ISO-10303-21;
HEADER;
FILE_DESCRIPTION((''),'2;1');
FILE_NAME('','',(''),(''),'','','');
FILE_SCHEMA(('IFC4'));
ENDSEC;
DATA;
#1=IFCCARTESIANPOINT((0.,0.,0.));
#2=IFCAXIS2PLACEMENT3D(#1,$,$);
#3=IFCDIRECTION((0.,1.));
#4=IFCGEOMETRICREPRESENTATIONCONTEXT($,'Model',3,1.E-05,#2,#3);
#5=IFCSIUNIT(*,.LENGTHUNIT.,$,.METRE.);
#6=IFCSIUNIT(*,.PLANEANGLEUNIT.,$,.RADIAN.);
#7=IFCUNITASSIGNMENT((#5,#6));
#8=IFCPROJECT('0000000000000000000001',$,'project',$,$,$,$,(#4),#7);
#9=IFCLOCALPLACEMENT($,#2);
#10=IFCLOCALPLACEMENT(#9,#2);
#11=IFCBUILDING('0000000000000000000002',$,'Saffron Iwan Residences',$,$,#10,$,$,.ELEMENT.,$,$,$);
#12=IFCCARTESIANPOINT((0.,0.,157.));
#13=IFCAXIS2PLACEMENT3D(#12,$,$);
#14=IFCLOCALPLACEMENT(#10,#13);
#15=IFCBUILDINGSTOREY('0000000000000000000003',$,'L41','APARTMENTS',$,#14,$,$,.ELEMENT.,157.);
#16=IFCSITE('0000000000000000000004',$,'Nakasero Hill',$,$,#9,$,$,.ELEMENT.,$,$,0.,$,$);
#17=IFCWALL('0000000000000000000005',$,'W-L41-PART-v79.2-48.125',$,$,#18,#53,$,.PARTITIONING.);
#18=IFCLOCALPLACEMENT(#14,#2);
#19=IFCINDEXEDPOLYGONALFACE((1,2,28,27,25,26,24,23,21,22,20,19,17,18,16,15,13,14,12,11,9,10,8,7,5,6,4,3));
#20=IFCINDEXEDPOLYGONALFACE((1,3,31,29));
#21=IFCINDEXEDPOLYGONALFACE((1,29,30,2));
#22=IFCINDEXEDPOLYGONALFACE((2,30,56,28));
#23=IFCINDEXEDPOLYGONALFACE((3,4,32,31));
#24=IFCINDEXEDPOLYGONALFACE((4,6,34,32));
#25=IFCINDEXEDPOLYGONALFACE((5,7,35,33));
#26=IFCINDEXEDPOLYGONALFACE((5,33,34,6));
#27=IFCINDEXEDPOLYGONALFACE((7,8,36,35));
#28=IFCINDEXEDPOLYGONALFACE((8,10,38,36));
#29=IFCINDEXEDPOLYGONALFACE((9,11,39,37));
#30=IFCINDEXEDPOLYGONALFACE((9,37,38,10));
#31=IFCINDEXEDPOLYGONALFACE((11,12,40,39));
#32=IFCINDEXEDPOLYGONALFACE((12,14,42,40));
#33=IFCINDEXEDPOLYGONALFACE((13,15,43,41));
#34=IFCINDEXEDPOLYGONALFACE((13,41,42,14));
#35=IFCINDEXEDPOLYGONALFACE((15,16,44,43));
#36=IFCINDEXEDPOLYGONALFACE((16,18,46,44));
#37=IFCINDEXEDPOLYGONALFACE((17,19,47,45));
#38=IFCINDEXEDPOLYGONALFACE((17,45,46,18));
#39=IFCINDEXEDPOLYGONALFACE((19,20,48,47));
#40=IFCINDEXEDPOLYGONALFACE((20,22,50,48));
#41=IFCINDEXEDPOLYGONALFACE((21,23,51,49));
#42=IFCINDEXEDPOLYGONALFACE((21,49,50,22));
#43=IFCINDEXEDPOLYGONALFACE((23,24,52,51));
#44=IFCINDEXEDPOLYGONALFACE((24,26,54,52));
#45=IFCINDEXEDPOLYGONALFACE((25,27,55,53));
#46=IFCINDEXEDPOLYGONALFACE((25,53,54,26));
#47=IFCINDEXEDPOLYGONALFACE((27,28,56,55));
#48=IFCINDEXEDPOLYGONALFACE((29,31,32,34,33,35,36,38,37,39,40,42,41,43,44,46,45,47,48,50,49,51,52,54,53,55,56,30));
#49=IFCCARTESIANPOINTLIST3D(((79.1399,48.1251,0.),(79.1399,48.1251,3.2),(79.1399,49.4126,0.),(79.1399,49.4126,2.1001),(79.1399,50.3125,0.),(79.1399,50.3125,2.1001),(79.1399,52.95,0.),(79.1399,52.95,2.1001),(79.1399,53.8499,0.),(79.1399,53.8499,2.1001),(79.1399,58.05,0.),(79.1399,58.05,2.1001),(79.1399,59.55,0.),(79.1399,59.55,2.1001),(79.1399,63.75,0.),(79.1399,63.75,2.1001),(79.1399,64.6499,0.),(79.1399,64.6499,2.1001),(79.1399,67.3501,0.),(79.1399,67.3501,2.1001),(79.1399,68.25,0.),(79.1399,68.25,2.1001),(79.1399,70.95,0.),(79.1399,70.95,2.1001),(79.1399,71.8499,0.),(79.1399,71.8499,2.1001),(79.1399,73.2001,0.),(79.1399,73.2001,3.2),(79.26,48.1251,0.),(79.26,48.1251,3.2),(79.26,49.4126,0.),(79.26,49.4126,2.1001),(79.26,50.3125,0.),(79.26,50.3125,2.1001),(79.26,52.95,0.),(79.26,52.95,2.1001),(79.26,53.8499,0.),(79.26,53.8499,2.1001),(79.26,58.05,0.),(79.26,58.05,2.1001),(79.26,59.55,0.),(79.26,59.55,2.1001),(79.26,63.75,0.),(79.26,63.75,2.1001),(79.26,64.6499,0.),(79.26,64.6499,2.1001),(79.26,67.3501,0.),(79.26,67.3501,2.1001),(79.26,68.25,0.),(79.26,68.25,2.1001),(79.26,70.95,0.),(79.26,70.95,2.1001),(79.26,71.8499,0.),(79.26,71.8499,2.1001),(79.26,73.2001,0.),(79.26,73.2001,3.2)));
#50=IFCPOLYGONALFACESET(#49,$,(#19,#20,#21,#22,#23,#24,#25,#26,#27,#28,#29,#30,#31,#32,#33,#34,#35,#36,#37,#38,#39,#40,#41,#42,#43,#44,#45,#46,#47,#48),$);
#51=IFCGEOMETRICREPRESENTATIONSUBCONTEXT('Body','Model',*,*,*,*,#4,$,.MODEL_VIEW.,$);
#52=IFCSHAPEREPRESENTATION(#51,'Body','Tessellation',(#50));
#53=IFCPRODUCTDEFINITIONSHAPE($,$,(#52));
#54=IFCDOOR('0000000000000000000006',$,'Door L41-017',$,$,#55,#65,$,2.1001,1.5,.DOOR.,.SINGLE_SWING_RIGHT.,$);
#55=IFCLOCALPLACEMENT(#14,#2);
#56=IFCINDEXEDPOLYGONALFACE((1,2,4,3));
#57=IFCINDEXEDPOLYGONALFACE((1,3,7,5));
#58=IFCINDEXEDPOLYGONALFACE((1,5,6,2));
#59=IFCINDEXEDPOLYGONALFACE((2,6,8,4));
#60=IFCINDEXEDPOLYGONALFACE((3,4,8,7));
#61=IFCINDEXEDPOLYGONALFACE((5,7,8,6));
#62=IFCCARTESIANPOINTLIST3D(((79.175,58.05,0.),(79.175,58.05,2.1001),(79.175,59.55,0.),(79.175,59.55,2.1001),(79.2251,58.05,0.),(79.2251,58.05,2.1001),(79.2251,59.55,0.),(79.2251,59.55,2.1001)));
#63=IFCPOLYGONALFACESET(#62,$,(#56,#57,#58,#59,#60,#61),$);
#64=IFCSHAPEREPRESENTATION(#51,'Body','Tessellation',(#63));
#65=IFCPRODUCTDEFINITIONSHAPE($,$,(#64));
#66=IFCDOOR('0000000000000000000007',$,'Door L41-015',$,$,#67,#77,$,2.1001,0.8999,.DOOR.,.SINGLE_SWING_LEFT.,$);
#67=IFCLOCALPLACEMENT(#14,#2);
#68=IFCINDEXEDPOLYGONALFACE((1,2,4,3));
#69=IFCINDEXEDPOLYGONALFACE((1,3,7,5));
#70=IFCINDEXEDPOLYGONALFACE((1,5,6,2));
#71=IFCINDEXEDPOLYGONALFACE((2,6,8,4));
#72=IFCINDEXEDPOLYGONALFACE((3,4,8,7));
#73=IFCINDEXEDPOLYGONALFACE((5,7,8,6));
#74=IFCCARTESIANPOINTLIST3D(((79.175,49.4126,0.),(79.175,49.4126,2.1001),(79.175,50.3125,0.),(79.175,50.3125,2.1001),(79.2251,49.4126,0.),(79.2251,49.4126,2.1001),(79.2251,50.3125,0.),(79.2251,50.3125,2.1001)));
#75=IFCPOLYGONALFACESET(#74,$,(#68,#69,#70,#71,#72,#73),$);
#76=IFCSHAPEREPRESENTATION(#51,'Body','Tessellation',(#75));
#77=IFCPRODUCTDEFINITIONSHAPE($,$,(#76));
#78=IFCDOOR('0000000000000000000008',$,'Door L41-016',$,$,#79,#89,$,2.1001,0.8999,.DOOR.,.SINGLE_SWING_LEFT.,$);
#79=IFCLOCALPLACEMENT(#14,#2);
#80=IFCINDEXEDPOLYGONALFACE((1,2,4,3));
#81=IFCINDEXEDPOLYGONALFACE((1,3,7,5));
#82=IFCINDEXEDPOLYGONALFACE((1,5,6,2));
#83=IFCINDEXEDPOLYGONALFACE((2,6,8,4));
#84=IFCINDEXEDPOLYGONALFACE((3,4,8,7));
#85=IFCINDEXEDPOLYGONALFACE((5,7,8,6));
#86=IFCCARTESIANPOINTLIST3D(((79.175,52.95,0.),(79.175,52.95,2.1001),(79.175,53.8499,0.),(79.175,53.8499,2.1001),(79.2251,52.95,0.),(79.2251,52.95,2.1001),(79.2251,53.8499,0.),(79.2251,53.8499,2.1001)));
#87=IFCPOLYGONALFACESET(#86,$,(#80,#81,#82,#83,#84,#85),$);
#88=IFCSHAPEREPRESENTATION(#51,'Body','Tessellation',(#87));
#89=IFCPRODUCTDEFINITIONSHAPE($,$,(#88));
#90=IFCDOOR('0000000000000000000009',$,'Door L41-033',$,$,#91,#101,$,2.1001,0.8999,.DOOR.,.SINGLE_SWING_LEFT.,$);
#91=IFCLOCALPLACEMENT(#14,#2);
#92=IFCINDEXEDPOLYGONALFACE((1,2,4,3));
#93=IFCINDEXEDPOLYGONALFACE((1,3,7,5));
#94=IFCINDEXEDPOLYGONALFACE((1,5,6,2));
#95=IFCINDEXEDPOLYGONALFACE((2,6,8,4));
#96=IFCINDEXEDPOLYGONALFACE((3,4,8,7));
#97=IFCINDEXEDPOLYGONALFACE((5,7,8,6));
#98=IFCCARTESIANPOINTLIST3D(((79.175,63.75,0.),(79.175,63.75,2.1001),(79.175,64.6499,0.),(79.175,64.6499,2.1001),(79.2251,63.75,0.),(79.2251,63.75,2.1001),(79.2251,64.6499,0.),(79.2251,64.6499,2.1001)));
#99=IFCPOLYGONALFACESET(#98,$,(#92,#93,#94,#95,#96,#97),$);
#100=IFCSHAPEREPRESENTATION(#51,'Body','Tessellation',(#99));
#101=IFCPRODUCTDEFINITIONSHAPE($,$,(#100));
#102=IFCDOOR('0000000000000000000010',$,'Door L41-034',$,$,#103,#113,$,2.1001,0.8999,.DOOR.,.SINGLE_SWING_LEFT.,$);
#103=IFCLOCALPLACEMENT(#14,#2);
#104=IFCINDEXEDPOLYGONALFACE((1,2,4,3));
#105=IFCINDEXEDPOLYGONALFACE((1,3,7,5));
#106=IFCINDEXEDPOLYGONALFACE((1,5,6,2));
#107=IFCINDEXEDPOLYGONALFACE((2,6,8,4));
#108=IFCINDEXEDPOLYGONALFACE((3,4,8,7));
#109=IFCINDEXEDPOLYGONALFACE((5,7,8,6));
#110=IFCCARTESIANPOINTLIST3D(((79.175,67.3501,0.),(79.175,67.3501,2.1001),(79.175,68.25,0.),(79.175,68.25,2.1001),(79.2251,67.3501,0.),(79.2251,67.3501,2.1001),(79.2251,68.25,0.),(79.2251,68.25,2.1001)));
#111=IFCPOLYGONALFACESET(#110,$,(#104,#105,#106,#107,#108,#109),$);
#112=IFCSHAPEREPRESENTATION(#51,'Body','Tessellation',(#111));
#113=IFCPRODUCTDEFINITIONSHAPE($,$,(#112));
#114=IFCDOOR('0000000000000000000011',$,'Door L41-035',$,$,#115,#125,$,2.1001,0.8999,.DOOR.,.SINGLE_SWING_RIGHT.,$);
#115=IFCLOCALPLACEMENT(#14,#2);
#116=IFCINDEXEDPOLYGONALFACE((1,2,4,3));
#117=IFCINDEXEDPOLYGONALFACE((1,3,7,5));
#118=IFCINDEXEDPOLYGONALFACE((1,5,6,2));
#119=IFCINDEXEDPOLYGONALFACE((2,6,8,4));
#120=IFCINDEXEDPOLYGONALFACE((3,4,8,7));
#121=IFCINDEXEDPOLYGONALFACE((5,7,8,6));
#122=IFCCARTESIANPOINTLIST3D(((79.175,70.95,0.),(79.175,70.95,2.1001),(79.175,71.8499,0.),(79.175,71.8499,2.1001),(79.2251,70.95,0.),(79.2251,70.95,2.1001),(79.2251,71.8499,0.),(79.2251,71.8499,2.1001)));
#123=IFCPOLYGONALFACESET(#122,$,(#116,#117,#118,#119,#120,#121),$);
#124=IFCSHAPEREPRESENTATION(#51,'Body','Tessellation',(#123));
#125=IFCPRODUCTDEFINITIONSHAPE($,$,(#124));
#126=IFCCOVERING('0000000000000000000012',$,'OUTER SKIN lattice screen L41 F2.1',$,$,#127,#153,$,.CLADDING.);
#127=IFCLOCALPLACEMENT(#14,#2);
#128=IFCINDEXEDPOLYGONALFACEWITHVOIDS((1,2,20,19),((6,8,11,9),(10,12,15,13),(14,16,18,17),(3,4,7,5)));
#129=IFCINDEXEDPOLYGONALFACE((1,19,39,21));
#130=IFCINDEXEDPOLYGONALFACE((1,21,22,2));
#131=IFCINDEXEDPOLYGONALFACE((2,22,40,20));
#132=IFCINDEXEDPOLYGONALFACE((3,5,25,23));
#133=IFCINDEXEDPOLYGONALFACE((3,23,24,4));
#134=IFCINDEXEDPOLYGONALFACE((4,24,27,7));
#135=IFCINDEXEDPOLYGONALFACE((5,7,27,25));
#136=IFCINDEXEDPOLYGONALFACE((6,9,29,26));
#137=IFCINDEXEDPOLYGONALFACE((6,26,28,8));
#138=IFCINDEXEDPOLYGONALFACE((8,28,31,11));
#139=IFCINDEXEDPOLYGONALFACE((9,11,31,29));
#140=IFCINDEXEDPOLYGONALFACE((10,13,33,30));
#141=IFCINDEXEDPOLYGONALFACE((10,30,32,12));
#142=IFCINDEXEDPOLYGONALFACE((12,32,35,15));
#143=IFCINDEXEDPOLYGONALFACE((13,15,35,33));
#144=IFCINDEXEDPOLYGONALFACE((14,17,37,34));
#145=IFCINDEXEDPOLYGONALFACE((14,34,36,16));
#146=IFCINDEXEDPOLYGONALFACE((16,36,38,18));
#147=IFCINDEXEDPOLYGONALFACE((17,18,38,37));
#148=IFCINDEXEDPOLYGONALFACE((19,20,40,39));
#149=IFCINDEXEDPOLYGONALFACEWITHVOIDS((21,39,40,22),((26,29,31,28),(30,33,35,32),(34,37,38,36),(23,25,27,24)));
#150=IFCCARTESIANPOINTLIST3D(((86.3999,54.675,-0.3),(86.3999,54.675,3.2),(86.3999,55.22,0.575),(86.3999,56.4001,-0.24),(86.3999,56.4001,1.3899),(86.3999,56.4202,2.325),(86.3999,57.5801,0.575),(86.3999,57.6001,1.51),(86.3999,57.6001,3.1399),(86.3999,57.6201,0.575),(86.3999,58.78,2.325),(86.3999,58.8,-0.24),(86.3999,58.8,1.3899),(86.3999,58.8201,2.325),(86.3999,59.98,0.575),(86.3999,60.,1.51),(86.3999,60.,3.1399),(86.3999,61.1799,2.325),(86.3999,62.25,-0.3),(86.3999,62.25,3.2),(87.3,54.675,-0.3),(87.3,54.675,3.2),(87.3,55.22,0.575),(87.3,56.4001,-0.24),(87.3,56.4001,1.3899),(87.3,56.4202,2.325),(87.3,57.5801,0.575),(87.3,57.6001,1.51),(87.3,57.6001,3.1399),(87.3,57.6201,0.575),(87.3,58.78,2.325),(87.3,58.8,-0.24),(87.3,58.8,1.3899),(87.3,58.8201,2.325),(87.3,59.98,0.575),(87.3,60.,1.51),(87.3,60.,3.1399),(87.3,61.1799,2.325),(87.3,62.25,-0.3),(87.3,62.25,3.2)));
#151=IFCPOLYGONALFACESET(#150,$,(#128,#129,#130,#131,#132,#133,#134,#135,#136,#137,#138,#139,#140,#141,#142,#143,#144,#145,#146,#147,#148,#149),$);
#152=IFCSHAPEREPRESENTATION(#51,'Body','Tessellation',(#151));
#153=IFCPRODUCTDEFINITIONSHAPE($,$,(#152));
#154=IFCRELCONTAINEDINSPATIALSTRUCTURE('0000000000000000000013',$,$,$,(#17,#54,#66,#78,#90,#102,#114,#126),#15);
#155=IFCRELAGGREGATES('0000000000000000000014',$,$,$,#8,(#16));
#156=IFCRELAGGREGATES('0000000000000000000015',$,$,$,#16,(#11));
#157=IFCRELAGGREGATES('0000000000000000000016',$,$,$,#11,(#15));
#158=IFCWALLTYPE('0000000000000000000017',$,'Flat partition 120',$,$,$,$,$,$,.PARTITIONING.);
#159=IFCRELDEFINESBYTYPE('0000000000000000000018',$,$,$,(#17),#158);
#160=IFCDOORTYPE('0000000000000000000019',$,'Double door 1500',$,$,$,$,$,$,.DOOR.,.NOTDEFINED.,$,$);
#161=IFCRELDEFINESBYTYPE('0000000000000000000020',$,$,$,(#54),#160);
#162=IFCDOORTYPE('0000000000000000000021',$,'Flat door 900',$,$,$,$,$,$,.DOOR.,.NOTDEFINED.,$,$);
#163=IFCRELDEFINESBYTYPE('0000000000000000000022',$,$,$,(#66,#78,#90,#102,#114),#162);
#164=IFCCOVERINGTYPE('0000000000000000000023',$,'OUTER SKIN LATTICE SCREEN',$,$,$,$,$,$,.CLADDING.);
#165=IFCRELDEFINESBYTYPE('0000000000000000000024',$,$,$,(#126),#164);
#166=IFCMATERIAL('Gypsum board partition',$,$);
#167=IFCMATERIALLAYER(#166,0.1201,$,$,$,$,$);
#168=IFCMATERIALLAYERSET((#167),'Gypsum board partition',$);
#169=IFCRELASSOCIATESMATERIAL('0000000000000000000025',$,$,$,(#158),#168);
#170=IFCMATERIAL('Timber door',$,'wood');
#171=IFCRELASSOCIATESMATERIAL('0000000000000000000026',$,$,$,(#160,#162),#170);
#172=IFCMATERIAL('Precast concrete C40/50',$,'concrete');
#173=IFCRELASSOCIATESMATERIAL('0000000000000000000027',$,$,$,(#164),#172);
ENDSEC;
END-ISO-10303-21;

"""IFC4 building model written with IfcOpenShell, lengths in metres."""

from ifc_helpers import new_model, si_unit, direction, frame, frame_2d, origin, place, context, subcontext, project, spatial, polyline, rectangle, outline, extrude, material, layer, layer_set, type_object, element, fill, save


model = new_model("IFC4")

# Units and contexts
model_context = context("Model", 3, precision=1e-05, world=origin(), true_north=direction((0.0, 1.0)))
body_context = subcontext(model_context, "Body", "Model", "MODEL_VIEW")
ifc_project = project(units=[si_unit("LENGTHUNIT", "METRE"), si_unit("PLANEANGLEUNIT", "RADIAN")], contexts=[model_context])

# Site, building, storey
site_placement = place(None, origin())
site = spatial("IfcSite", under=ifc_project, at=site_placement, Name="Nakasero Hill", CompositionType="ELEMENT", RefElevation=0.0)
building_placement = place(site_placement, origin())
building = spatial("IfcBuilding", under=site, at=building_placement, Name="Saffron Iwan Residences", CompositionType="ELEMENT")
storey_placement = place(building_placement, frame((0.0, 0.0, 157.0)))
storey = spatial("IfcBuildingStorey", under=building, at=storey_placement, Name="L41", Description="APARTMENTS", CompositionType="ELEMENT", Elevation=157.0)

# Shared definitions
ifc_material_1 = material(Name="Gypsum board partition")
ifc_layer_1 = layer(ifc_material_1, 0.1201)
ifc_layer_set_1 = layer_set([ifc_layer_1], Name="Gypsum board partition")
wall_type_1 = type_object("IfcWallType", Name="Flat partition 120", PredefinedType="PARTITIONING", material=ifc_layer_set_1)

# Wall, openings, doors
wall_1_placement = place(storey_placement, frame((79.2, 48.125, 0.0), z_axis=(0.0, 0.0, 1.0), x_axis=(0.0, 1.0, 0.0)))
wall_1 = element("IfcWall", 1, at=wall_1_placement, inside=storey, type_object=wall_type_1, Name="W-L41-PART-v79.2-48.125", PredefinedType="PARTITIONING", context=body_context, shape_type="SweptSolid", body=[
    extrude(rectangle(XDim=25.075, YDim=0.1201, at=frame_2d((12.5376, 0.0))), origin(), (0.0, 0.0, 1.0), 3.2),
])
opening_1_placement = place(wall_1_placement, frame((1.2876, 0.0, 0.0)))
opening_1 = element("IfcOpeningElement", 2, at=opening_1_placement, cuts=wall_1, PredefinedType="OPENING", context=body_context, shape_type="SweptSolid", body=[
    extrude(rectangle(XDim=0.8999, YDim=2.1001, at=frame_2d((0.45, 1.05))), frame((0.0, 0.0701, 0.0), z_axis=(0.0, -1.0, 0.0), x_axis=(1.0, 0.0, 0.0)), (0.0, 0.0, 1.0), 0.1401),
])
opening_2_placement = place(wall_1_placement, frame((4.825, 0.0, 0.0)))
opening_2 = element("IfcOpeningElement", 3, at=opening_2_placement, cuts=wall_1, PredefinedType="OPENING", context=body_context, shape_type="SweptSolid", body=[
    extrude(rectangle(XDim=0.8999, YDim=2.1001, at=frame_2d((0.45, 1.05))), frame((0.0, 0.0701, 0.0), z_axis=(0.0, -1.0, 0.0), x_axis=(1.0, 0.0, 0.0)), (0.0, 0.0, 1.0), 0.1401),
])
opening_3_placement = place(wall_1_placement, frame((9.925, 0.0, 0.0)))
opening_3 = element("IfcOpeningElement", 4, at=opening_3_placement, cuts=wall_1, PredefinedType="OPENING", context=body_context, shape_type="SweptSolid", body=[
    extrude(rectangle(XDim=1.5, YDim=2.1001, at=frame_2d((0.75, 1.05))), frame((0.0, 0.0701, 0.0), z_axis=(0.0, -1.0, 0.0), x_axis=(1.0, 0.0, 0.0)), (0.0, 0.0, 1.0), 0.1401),
])
opening_4_placement = place(wall_1_placement, frame((15.625, 0.0, 0.0)))
opening_4 = element("IfcOpeningElement", 5, at=opening_4_placement, cuts=wall_1, PredefinedType="OPENING", context=body_context, shape_type="SweptSolid", body=[
    extrude(rectangle(XDim=0.8999, YDim=2.1001, at=frame_2d((0.45, 1.05))), frame((0.0, 0.0701, 0.0), z_axis=(0.0, -1.0, 0.0), x_axis=(1.0, 0.0, 0.0)), (0.0, 0.0, 1.0), 0.1401),
])
opening_5_placement = place(wall_1_placement, frame((19.2251, 0.0, 0.0)))
opening_5 = element("IfcOpeningElement", 6, at=opening_5_placement, cuts=wall_1, PredefinedType="OPENING", context=body_context, shape_type="SweptSolid", body=[
    extrude(rectangle(XDim=0.8999, YDim=2.1001, at=frame_2d((0.45, 1.05))), frame((0.0, 0.0701, 0.0), z_axis=(0.0, -1.0, 0.0), x_axis=(1.0, 0.0, 0.0)), (0.0, 0.0, 1.0), 0.1401),
])
opening_6_placement = place(wall_1_placement, frame((22.825, 0.0, 0.0)))
opening_6 = element("IfcOpeningElement", 7, at=opening_6_placement, cuts=wall_1, PredefinedType="OPENING", context=body_context, shape_type="SweptSolid", body=[
    extrude(rectangle(XDim=0.8999, YDim=2.1001, at=frame_2d((0.45, 1.05))), frame((0.0, 0.0701, 0.0), z_axis=(0.0, -1.0, 0.0), x_axis=(1.0, 0.0, 0.0)), (0.0, 0.0, 1.0), 0.1401),
])
ifc_material_2 = material(Name="Timber door", Category="wood")
door_type_1 = type_object("IfcDoorType", Name="Double door 1500", OperationType="NOTDEFINED", PredefinedType="DOOR", material=ifc_material_2)
door_1_placement = place(opening_3_placement, origin())
door_1 = element("IfcDoor", 8, at=door_1_placement, inside=storey, type_object=door_type_1, Name="Door L41-017", OperationType="SINGLE_SWING_RIGHT", OverallHeight=2.1001, OverallWidth=1.5, PredefinedType="DOOR", context=body_context, shape_type="SweptSolid", body=[
    extrude(rectangle(XDim=1.5, YDim=2.1001, at=frame_2d((0.75, 1.05))), frame((0.0, 0.0249, 0.0), z_axis=(0.0, -1.0, 0.0), x_axis=(1.0, 0.0, 0.0)), (0.0, 0.0, 1.0), 0.05),
])
fill(opening_3, door_1)
door_type_2 = type_object("IfcDoorType", Name="Flat door 900", OperationType="NOTDEFINED", PredefinedType="DOOR", material=ifc_material_2)
door_2_placement = place(opening_1_placement, origin())
door_2 = element("IfcDoor", 9, at=door_2_placement, inside=storey, type_object=door_type_2, Name="Door L41-015", OperationType="SINGLE_SWING_LEFT", OverallHeight=2.1001, OverallWidth=0.8999, PredefinedType="DOOR", context=body_context, shape_type="SweptSolid", body=[
    extrude(rectangle(XDim=0.8999, YDim=2.1001, at=frame_2d((0.45, 1.05))), frame((0.0, 0.0249, 0.0), z_axis=(0.0, -1.0, 0.0), x_axis=(1.0, 0.0, 0.0)), (0.0, 0.0, 1.0), 0.05),
])
fill(opening_1, door_2)
door_3_placement = place(opening_2_placement, origin())
door_3 = element("IfcDoor", 10, at=door_3_placement, inside=storey, type_object=door_type_2, Name="Door L41-016", OperationType="SINGLE_SWING_LEFT", OverallHeight=2.1001, OverallWidth=0.8999, PredefinedType="DOOR", context=body_context, shape_type="SweptSolid", body=[
    extrude(rectangle(XDim=0.8999, YDim=2.1001, at=frame_2d((0.45, 1.05))), frame((0.0, 0.0249, 0.0), z_axis=(0.0, -1.0, 0.0), x_axis=(1.0, 0.0, 0.0)), (0.0, 0.0, 1.0), 0.05),
])
fill(opening_2, door_3)
door_4_placement = place(opening_4_placement, origin())
door_4 = element("IfcDoor", 11, at=door_4_placement, inside=storey, type_object=door_type_2, Name="Door L41-033", OperationType="SINGLE_SWING_LEFT", OverallHeight=2.1001, OverallWidth=0.8999, PredefinedType="DOOR", context=body_context, shape_type="SweptSolid", body=[
    extrude(rectangle(XDim=0.8999, YDim=2.1001, at=frame_2d((0.45, 1.05))), frame((0.0, 0.0249, 0.0), z_axis=(0.0, -1.0, 0.0), x_axis=(1.0, 0.0, 0.0)), (0.0, 0.0, 1.0), 0.05),
])
fill(opening_4, door_4)
door_5_placement = place(opening_5_placement, origin())
door_5 = element("IfcDoor", 12, at=door_5_placement, inside=storey, type_object=door_type_2, Name="Door L41-034", OperationType="SINGLE_SWING_LEFT", OverallHeight=2.1001, OverallWidth=0.8999, PredefinedType="DOOR", context=body_context, shape_type="SweptSolid", body=[
    extrude(rectangle(XDim=0.8999, YDim=2.1001, at=frame_2d((0.45, 1.05))), frame((0.0, 0.0249, 0.0), z_axis=(0.0, -1.0, 0.0), x_axis=(1.0, 0.0, 0.0)), (0.0, 0.0, 1.0), 0.05),
])
fill(opening_5, door_5)
door_6_placement = place(opening_6_placement, origin())
door_6 = element("IfcDoor", 13, at=door_6_placement, inside=storey, type_object=door_type_2, Name="Door L41-035", OperationType="SINGLE_SWING_RIGHT", OverallHeight=2.1001, OverallWidth=0.8999, PredefinedType="DOOR", context=body_context, shape_type="SweptSolid", body=[
    extrude(rectangle(XDim=0.8999, YDim=2.1001, at=frame_2d((0.45, 1.05))), frame((0.0, 0.0249, 0.0), z_axis=(0.0, -1.0, 0.0), x_axis=(1.0, 0.0, 0.0)), (0.0, 0.0, 1.0), 0.05),
])
fill(opening_6, door_6)

# Covering
ifc_material_3 = material(Name="Precast concrete C40/50", Category="concrete")
covering_type = type_object("IfcCoveringType", Name="OUTER SKIN LATTICE SCREEN", PredefinedType="CLADDING", material=ifc_material_3)
covering_placement = place(storey_placement, frame((86.3999, 54.675, -0.3), z_axis=(1.0, 0.0, 0.0), x_axis=(0.0, 1.0, 0.0)))
element("IfcCovering", 14, at=covering_placement, inside=storey, type_object=covering_type, Name="OUTER SKIN lattice screen L41 F2.1", PredefinedType="CLADDING", context=body_context, shape_type="SweptSolid", body=[
    extrude(outline(polyline([(0.0, 0.0), (7.575, 0.0), (7.575, 3.5), (0.0, 3.5), (0.0, 0.0)]), holes=[polyline([(0.5449, 0.875), (1.7251, 0.0601), (2.905, 0.875), (1.7251, 1.6899), (0.5449, 0.875)]), polyline([(2.9451, 0.875), (4.125, 0.0601), (5.3049, 0.875), (4.125, 1.6899), (2.9451, 0.875)]), polyline([(1.7451, 2.625), (2.925, 1.8101), (4.105, 2.625), (2.925, 3.4399), (1.7451, 2.625)]), polyline([(4.145, 2.625), (5.325, 1.8101), (6.5049, 2.625), (5.325, 3.4399), (4.145, 2.625)])]), origin(), (0.0, 0.0, 1.0), 0.9001),
])

save(model, "model.ifc")
